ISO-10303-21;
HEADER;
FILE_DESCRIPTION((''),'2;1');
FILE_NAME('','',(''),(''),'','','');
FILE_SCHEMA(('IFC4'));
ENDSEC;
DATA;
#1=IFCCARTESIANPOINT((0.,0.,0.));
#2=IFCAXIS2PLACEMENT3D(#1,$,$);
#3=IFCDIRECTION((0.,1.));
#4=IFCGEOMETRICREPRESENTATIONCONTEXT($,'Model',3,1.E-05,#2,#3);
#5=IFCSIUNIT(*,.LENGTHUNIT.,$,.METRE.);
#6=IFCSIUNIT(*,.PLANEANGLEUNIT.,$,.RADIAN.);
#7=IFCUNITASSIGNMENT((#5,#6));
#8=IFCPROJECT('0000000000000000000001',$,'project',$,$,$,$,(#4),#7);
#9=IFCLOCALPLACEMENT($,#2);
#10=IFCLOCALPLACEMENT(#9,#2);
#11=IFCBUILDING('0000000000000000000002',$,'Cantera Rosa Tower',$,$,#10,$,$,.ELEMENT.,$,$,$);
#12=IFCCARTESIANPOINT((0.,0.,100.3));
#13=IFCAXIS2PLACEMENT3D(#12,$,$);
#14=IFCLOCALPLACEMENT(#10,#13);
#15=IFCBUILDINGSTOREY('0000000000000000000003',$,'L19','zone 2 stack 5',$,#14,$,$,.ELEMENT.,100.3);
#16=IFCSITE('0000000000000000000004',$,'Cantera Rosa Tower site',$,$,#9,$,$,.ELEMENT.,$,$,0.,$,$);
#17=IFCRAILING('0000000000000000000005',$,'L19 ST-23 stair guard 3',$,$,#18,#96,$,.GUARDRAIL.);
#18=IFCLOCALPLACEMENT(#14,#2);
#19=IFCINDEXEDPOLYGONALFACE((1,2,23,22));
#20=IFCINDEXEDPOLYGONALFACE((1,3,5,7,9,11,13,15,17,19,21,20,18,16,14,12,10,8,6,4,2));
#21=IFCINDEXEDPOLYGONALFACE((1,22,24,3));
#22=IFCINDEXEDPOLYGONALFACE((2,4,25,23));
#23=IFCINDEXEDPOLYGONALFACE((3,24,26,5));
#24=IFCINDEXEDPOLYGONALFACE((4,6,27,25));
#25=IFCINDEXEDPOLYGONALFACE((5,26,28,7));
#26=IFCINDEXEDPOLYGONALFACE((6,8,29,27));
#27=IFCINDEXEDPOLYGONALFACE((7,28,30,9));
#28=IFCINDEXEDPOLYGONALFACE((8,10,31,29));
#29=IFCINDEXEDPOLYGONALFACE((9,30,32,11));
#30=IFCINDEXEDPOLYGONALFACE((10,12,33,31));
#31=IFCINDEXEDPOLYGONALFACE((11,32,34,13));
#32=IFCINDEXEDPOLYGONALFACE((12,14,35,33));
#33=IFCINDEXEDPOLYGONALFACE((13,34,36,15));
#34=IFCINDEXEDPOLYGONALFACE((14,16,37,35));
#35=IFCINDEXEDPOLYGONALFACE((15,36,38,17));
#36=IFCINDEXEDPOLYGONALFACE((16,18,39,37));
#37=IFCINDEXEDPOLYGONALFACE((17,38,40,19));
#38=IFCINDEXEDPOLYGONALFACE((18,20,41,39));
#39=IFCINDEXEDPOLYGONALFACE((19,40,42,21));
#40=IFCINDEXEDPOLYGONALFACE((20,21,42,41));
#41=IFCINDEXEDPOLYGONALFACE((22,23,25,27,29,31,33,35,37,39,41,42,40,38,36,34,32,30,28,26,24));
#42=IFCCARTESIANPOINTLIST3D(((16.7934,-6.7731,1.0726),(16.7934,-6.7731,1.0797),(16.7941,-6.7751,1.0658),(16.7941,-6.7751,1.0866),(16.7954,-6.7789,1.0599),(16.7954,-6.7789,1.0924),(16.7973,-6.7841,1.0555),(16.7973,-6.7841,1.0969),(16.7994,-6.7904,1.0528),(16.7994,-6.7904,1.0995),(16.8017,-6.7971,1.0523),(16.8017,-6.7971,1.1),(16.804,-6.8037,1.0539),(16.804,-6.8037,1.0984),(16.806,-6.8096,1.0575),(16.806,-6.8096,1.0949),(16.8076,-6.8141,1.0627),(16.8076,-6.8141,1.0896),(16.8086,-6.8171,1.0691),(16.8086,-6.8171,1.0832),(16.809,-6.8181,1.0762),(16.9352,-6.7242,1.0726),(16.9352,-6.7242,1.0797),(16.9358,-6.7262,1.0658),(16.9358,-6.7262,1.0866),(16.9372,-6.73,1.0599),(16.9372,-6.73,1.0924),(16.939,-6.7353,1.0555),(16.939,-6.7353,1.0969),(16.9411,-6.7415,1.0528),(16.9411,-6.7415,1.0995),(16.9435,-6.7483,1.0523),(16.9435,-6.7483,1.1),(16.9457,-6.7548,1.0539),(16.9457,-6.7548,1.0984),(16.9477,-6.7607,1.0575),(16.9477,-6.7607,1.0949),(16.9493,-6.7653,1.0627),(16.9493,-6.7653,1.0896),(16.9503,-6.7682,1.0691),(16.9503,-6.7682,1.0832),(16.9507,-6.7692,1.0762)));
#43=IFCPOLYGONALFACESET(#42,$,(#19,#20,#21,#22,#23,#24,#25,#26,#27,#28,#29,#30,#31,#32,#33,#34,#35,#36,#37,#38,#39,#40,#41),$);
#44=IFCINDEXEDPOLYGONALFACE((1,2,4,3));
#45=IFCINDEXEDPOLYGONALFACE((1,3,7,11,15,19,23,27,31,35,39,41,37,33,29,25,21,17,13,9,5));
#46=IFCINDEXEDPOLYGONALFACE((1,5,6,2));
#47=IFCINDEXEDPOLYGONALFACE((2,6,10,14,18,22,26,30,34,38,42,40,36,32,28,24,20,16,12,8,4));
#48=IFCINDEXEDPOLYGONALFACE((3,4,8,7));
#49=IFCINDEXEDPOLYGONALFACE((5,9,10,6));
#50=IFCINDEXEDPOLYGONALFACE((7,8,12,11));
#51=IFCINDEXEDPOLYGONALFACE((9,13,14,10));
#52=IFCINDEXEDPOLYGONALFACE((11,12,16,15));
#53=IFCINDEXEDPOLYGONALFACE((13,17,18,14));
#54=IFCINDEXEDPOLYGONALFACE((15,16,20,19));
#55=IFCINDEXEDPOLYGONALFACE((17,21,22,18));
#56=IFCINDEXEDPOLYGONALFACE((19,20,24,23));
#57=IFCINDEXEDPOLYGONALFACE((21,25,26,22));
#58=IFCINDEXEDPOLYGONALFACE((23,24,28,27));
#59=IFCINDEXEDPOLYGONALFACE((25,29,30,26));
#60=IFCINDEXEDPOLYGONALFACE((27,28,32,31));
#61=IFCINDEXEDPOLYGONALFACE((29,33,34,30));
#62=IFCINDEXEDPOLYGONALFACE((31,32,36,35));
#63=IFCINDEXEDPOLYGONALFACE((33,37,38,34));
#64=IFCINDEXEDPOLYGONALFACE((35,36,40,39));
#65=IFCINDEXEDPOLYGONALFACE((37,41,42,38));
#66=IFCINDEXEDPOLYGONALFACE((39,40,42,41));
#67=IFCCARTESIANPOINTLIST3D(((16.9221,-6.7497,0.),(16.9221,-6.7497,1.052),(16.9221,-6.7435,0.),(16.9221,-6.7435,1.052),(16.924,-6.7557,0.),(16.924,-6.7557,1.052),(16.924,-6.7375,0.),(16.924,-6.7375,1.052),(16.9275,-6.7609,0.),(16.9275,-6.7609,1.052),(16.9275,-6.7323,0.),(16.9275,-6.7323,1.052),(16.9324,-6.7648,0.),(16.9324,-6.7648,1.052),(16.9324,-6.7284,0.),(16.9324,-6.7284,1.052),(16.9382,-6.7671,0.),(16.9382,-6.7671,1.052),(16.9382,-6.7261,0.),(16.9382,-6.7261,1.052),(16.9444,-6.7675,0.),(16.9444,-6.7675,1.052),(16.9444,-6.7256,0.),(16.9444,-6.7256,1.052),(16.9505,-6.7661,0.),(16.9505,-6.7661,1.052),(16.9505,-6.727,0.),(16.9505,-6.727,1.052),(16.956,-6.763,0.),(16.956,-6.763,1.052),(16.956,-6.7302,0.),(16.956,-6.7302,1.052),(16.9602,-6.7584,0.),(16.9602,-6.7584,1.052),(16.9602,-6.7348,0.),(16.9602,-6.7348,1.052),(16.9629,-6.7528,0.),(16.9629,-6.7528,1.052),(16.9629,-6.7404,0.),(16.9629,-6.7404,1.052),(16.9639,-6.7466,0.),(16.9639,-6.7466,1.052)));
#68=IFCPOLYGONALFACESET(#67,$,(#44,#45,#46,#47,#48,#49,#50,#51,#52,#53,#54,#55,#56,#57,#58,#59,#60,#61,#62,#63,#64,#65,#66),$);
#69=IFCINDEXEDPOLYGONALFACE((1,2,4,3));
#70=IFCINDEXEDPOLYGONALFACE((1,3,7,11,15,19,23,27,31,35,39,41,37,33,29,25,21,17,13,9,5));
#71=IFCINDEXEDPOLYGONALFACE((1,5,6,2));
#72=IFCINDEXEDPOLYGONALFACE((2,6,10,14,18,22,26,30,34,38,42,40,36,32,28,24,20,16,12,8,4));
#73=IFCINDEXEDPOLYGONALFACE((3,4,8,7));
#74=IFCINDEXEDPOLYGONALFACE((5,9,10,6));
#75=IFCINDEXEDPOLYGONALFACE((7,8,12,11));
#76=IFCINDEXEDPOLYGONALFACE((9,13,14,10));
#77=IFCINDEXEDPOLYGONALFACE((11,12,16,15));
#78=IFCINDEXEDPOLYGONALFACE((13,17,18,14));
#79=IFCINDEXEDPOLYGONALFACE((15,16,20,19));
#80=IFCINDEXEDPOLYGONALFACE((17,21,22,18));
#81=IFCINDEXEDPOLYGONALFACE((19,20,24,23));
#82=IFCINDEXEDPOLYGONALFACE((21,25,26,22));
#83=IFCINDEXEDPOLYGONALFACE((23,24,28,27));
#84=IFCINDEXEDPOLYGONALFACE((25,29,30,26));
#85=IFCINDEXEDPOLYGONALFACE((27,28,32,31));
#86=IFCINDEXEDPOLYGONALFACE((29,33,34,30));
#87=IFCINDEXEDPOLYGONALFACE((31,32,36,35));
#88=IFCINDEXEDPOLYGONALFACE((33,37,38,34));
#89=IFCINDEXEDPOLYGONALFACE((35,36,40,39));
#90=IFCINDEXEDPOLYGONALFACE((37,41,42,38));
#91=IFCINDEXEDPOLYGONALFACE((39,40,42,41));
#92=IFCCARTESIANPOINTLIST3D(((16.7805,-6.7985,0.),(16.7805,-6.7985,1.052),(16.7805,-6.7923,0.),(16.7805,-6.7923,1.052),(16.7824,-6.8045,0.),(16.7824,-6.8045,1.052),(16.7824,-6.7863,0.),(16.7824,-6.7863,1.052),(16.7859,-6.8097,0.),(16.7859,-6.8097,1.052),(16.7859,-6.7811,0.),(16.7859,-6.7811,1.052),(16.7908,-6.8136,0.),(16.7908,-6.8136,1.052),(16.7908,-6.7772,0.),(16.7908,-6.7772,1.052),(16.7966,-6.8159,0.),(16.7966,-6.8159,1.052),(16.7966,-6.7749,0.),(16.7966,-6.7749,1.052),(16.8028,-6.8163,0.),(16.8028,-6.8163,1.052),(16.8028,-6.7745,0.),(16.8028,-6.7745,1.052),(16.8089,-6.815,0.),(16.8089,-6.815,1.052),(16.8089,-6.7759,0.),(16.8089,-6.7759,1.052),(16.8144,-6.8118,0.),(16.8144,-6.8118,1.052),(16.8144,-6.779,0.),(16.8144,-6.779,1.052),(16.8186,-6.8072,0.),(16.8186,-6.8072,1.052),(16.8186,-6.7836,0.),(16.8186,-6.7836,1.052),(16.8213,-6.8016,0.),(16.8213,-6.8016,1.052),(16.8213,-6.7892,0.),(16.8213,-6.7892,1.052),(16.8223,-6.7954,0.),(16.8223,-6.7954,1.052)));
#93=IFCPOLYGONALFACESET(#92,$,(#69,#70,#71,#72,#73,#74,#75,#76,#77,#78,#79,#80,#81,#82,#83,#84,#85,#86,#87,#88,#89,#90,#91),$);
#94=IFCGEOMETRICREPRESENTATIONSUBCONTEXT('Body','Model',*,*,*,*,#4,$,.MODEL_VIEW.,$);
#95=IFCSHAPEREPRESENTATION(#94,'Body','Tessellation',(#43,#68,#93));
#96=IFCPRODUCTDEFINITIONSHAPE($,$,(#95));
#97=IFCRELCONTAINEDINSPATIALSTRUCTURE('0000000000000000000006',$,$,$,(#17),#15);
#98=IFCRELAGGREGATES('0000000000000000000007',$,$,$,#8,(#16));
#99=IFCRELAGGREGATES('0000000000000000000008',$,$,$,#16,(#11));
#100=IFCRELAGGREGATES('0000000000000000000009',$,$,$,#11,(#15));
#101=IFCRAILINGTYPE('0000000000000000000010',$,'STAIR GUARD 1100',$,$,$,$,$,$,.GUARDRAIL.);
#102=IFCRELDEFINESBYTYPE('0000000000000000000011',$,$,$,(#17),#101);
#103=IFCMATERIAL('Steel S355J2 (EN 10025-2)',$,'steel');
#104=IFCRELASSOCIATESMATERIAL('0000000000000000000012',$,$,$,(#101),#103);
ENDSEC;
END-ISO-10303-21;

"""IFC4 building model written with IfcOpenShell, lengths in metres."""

from ifc_helpers import new_model, si_unit, direction, frame, origin, origin_2d, place, context, subcontext, project, spatial, circle, extrude, material, type_object, element, save


model = new_model("IFC4")

# Units and contexts
model_context = context("Model", 3, precision=1e-05, world=origin(), true_north=direction((0.0, 1.0)))
body_context = subcontext(model_context, "Body", "Model", "MODEL_VIEW")
ifc_project = project(units=[si_unit("LENGTHUNIT", "METRE"), si_unit("PLANEANGLEUNIT", "RADIAN")], contexts=[model_context])

# Site, building, storey
site_placement = place(None, origin())
site = spatial("IfcSite", under=ifc_project, at=site_placement, Name="Cantera Rosa Tower site", CompositionType="ELEMENT", RefElevation=0.0)
building_placement = place(site_placement, origin())
building = spatial("IfcBuilding", under=site, at=building_placement, Name="Cantera Rosa Tower", CompositionType="ELEMENT")
storey_placement = place(building_placement, frame((0.0, 0.0, 100.3)))
storey = spatial("IfcBuildingStorey", under=building, at=storey_placement, Name="L19", Description="zone 2 stack 5", CompositionType="ELEMENT", Elevation=100.3)

# Railing
ifc_material_1 = material(Name="Steel S355J2 (EN 10025-2)", Category="steel")
railing_type_1 = type_object("IfcRailingType", Name="STAIR GUARD 1100", PredefinedType="GUARDRAIL", material=ifc_material_1)
railing_1_placement = place(storey_placement, frame((16.9429, -6.7466, 0.0)))
element("IfcRailing", 1, at=railing_1_placement, inside=storey, type_object=railing_type_1, Name="L19 ST-23 stair guard 3", PredefinedType="GUARDRAIL", context=body_context, shape_type="SweptSolid", body=[
    extrude(circle(Radius=0.0239, at=origin_2d()), frame((0.0, 0.0, 1.0762), z_axis=(-0.945373, -0.325991, 0.0), x_axis=(0.325991, -0.945373, 0.0)), (0.0, 0.0, 1.0), 0.1499),
    extrude(circle(Radius=0.021, at=origin_2d()), origin(), (0.0, 0.0, 1.0), 1.052),
    extrude(circle(Radius=0.021, at=origin_2d()), frame((-0.1416, -0.0488, 0.0)), (0.0, 0.0, 1.0), 1.052),
])

save(model, "model.ifc")
